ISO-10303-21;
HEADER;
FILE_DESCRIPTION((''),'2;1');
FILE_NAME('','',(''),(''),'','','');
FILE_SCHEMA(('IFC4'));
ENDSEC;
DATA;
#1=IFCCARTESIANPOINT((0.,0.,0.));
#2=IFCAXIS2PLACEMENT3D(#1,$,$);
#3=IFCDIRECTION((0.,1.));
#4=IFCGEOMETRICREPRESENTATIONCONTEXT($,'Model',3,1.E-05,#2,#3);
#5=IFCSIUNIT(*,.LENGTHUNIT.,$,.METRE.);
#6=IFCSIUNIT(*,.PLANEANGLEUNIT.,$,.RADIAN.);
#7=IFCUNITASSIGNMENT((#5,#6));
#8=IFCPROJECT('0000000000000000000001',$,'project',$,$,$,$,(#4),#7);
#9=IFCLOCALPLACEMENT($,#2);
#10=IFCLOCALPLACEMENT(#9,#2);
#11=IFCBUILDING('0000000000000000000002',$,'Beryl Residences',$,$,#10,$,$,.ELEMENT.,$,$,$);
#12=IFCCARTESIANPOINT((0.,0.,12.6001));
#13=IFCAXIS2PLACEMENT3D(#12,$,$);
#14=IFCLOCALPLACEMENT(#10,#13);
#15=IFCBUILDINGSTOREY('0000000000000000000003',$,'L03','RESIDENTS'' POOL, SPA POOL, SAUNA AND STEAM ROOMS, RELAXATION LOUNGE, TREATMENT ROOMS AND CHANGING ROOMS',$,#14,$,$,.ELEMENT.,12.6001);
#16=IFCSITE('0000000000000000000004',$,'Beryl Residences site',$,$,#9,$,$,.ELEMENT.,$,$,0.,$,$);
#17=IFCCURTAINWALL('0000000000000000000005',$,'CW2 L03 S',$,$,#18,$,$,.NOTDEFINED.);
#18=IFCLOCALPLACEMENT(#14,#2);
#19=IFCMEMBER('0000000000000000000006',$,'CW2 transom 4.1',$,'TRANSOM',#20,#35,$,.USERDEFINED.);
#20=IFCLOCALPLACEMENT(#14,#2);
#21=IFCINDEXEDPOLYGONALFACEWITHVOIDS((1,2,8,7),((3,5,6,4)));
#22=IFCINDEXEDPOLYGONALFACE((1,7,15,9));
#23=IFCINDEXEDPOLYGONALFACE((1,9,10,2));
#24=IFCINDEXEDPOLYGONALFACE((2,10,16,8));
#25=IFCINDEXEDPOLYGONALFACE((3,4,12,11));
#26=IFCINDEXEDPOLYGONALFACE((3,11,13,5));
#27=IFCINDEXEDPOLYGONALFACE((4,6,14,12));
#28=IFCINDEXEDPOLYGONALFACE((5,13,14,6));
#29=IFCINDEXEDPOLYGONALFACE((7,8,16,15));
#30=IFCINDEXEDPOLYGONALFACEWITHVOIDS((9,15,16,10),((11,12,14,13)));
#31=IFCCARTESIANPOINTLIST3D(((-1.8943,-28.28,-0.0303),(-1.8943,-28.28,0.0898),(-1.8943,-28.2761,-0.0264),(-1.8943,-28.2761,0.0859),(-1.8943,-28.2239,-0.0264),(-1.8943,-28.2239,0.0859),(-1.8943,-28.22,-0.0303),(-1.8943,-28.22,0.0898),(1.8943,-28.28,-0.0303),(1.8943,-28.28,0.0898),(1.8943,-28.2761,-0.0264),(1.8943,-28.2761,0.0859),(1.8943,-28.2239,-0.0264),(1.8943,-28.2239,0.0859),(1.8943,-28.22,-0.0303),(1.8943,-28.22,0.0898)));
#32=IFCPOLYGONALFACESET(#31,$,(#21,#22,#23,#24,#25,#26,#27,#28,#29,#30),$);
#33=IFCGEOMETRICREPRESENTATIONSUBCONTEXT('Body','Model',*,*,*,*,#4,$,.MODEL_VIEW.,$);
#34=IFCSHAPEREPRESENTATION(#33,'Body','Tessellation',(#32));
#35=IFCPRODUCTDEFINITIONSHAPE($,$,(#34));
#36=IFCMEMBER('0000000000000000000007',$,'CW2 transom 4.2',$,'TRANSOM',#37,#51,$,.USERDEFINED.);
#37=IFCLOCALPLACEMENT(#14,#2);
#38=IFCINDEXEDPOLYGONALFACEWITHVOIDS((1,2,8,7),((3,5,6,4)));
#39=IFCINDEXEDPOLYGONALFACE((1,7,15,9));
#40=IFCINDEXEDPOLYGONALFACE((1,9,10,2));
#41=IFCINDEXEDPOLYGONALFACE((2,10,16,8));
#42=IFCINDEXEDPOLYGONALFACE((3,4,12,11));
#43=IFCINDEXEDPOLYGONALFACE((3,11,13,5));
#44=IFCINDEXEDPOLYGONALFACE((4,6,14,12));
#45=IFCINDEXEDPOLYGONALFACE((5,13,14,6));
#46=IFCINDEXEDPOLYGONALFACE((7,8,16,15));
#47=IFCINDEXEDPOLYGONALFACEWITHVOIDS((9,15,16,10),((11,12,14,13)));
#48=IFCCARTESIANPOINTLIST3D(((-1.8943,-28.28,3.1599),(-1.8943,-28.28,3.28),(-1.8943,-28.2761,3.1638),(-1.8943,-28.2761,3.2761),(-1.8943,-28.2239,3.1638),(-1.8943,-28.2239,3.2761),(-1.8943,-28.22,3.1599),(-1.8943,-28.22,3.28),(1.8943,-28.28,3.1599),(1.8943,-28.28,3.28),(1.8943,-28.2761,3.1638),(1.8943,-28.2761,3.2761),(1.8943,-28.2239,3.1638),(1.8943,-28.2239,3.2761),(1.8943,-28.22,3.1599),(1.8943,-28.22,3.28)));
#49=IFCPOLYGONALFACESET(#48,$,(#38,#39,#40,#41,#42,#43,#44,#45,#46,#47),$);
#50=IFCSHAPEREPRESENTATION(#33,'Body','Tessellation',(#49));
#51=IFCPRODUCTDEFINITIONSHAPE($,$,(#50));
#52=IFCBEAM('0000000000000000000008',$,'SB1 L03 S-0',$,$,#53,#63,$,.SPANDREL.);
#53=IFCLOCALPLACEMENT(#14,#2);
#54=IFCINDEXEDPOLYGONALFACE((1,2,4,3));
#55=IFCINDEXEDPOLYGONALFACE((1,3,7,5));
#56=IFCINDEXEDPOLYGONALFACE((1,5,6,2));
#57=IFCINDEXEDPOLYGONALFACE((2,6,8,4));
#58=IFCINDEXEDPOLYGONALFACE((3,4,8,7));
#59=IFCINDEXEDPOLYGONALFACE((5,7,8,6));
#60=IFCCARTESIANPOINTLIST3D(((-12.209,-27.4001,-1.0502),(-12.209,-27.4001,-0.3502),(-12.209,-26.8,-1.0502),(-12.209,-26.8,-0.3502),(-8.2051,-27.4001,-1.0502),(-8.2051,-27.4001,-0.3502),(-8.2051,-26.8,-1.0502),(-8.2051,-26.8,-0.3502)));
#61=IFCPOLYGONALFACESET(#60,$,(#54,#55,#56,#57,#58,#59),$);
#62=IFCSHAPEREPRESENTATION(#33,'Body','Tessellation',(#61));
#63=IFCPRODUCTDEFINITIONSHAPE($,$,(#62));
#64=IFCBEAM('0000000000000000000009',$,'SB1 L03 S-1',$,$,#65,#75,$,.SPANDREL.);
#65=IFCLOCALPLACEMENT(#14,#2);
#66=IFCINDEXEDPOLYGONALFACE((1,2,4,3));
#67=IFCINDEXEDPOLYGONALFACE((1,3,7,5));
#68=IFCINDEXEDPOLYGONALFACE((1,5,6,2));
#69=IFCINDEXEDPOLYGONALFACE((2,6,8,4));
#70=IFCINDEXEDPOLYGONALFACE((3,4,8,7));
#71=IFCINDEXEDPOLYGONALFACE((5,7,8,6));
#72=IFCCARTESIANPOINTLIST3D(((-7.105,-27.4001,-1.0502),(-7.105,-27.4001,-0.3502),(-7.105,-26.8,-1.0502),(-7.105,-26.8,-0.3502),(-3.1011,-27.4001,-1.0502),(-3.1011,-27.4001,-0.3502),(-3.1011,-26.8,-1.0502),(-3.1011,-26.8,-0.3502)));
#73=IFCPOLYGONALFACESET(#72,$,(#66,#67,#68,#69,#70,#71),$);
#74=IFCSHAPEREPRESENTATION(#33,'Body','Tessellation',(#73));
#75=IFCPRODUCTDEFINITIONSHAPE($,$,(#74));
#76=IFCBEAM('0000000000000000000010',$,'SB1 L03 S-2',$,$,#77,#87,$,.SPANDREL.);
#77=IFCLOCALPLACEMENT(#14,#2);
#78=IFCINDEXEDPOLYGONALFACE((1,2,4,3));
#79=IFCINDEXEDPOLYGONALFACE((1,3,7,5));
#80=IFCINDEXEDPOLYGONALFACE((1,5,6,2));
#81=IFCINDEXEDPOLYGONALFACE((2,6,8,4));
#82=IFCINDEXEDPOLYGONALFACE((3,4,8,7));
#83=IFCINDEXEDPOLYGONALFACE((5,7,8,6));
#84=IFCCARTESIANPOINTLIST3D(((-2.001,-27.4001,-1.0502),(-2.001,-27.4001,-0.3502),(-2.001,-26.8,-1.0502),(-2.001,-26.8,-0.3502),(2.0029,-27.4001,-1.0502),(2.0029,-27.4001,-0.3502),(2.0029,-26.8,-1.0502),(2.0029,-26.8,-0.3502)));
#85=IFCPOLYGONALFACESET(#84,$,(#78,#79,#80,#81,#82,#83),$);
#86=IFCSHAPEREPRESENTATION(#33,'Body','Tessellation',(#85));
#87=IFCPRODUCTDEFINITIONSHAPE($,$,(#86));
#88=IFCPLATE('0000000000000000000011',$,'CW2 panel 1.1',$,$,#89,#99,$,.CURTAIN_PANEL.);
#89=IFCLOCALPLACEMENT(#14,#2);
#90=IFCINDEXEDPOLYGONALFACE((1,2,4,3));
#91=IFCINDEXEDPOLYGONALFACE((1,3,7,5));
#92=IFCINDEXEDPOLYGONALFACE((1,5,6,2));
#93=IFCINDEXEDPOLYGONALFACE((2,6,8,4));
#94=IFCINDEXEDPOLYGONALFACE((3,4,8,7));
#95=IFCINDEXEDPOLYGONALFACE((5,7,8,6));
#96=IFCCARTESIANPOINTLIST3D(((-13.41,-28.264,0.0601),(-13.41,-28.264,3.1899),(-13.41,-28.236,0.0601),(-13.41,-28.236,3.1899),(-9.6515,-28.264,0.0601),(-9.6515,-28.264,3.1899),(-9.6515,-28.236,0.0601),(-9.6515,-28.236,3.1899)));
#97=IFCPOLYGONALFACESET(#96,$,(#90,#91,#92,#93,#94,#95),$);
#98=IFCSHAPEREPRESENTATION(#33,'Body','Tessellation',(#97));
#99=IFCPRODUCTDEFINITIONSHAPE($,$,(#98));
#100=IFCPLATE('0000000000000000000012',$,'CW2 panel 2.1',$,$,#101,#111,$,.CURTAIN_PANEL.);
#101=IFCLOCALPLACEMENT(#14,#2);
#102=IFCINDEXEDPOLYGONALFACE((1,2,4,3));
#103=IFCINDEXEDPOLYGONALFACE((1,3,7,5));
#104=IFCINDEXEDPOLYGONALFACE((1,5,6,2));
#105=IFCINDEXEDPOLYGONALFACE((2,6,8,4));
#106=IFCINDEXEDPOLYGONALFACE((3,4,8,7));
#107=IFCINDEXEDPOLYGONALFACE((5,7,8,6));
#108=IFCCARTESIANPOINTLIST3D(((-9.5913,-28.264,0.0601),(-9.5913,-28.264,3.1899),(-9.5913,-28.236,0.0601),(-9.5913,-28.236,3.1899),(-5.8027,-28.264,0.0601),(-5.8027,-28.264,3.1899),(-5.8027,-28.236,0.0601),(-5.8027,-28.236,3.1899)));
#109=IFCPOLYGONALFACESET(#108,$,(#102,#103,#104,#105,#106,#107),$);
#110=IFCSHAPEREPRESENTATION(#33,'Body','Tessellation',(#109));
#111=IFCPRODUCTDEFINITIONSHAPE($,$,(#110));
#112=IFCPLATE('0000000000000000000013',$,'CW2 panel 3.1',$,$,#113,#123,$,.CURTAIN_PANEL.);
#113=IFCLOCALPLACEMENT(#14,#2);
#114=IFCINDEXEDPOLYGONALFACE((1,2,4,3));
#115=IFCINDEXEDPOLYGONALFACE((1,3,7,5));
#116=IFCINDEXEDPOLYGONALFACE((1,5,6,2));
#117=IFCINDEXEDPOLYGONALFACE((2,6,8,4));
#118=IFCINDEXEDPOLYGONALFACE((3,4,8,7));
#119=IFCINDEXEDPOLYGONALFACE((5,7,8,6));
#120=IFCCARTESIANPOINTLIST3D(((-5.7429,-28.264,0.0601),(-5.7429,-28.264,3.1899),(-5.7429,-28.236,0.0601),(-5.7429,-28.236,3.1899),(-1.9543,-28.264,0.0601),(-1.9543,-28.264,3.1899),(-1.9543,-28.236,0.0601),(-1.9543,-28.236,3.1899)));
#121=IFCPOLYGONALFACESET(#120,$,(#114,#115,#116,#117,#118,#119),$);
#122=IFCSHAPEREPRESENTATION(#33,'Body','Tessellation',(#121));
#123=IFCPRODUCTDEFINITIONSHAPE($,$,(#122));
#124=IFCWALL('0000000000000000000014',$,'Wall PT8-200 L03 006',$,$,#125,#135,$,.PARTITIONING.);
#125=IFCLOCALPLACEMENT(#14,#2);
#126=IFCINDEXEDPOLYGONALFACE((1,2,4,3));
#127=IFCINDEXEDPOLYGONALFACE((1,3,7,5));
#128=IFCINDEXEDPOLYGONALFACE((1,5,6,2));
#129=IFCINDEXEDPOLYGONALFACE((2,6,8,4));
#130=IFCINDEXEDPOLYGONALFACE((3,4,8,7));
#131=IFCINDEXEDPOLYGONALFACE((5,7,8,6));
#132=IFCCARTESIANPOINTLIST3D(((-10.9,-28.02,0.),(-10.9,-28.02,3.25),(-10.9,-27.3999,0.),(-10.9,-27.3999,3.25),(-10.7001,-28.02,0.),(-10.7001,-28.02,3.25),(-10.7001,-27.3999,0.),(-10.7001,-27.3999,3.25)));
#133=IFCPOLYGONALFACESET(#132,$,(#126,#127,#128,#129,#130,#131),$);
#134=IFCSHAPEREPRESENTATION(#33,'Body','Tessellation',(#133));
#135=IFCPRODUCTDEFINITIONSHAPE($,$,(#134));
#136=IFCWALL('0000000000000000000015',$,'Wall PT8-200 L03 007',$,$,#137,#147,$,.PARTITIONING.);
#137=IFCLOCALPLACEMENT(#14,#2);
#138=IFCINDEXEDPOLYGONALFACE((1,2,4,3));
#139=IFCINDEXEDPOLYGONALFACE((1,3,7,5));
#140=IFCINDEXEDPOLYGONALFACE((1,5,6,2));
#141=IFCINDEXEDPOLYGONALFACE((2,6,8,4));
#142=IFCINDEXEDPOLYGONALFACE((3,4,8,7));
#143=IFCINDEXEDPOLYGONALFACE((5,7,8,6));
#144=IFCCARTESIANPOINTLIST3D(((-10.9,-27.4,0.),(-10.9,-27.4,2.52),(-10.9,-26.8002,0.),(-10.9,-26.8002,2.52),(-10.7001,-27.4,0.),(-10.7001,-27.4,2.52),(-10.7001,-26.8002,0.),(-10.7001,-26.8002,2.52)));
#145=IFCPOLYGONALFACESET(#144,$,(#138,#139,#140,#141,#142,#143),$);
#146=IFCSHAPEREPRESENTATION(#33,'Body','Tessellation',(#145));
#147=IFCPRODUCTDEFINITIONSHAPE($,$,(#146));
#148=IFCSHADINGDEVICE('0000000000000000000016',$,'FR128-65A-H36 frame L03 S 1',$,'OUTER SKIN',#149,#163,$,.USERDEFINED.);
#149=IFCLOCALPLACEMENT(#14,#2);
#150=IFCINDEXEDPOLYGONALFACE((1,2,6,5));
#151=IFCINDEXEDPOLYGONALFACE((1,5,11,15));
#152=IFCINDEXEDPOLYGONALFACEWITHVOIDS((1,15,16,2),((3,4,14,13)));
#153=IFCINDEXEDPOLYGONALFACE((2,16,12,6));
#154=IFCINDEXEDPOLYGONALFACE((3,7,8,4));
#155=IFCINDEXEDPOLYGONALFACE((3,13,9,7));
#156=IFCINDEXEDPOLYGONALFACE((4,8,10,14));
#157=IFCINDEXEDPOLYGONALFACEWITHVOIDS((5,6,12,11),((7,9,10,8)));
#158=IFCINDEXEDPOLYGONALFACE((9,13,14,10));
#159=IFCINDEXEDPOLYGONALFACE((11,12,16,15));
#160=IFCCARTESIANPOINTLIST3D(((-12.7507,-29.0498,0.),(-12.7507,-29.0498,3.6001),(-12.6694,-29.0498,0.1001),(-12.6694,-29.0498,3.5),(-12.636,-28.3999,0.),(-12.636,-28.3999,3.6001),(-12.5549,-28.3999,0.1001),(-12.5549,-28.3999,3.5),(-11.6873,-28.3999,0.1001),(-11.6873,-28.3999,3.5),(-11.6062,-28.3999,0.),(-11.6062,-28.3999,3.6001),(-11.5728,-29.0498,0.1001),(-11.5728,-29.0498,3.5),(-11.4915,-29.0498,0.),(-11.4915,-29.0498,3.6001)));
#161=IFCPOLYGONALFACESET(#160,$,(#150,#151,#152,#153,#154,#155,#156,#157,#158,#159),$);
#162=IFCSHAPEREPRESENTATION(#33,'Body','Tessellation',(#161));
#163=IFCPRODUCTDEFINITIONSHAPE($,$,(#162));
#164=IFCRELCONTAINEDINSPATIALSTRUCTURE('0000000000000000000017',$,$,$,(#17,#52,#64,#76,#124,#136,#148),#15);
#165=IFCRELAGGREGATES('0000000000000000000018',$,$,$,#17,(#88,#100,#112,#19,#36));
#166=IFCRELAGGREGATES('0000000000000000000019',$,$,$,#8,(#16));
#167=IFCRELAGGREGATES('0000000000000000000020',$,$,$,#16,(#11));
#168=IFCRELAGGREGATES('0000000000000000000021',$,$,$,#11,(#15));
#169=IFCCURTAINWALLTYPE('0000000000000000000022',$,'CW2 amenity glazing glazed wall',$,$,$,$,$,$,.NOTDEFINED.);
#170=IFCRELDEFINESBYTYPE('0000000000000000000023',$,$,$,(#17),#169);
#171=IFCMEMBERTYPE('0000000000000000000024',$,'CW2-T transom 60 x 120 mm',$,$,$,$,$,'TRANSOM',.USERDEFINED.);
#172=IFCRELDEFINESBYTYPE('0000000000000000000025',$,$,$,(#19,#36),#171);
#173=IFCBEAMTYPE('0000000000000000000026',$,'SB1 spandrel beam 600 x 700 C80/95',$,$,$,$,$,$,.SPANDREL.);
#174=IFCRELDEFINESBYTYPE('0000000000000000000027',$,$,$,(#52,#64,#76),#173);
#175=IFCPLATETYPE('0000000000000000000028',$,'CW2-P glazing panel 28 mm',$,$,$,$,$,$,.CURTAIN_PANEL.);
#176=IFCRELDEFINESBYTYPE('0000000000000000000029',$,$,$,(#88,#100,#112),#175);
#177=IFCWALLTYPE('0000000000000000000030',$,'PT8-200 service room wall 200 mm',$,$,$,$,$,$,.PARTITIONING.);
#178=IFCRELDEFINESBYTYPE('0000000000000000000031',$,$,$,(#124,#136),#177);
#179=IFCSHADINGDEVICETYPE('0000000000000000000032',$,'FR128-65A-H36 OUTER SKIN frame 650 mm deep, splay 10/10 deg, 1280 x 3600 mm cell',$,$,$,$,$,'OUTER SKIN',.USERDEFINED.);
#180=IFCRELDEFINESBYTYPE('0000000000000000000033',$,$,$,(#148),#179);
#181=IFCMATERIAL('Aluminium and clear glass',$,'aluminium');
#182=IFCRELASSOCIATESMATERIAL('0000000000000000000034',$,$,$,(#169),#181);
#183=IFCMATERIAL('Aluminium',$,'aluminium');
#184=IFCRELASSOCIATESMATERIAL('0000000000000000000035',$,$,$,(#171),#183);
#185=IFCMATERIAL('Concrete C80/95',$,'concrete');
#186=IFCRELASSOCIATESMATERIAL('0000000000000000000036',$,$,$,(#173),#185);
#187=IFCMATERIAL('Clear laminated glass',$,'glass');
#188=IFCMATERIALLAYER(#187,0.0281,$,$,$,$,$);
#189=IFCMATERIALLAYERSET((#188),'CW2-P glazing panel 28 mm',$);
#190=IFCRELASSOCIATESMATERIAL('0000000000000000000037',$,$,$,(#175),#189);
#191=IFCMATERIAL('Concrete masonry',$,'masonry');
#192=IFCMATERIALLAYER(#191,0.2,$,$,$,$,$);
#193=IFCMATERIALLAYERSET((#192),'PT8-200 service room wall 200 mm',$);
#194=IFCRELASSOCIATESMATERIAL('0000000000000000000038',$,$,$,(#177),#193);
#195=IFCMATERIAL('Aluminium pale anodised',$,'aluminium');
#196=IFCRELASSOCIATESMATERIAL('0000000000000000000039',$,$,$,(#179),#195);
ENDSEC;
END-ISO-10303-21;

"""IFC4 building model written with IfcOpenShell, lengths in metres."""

from ifc_helpers import new_model, entity, si_unit, direction, frame, frame_2d, origin, origin_2d, place, context, subcontext, project, spatial, rectangle, hollow_rectangle, extrude, source, transform, mapped, material, layer, layer_set, material_profile, profile_set, type_object, type_shapes, element, aggregate, save


model = new_model("IFC4")

# Units and contexts
model_context = context("Model", 3, precision=1e-05, world=origin(), true_north=direction((0.0, 1.0)))
body_context = subcontext(model_context, "Body", "Model", "MODEL_VIEW")
ifc_project = project(units=[si_unit("LENGTHUNIT", "METRE"), si_unit("PLANEANGLEUNIT", "RADIAN")], contexts=[model_context])

# Site, building, storey
site_placement = place(None, origin())
site = spatial("IfcSite", under=ifc_project, at=site_placement, Name="Beryl Residences site", CompositionType="ELEMENT", RefElevation=0.0)
building_placement = place(site_placement, origin())
building = spatial("IfcBuilding", under=site, at=building_placement, Name="Beryl Residences", CompositionType="ELEMENT")
storey_placement = place(building_placement, frame((0.0, 0.0, 12.6001)))
storey = spatial("IfcBuildingStorey", under=building, at=storey_placement, Name="L03", Description="RESIDENTS' POOL, SPA POOL, SAUNA AND STEAM ROOMS, RELAXATION LOUNGE, TREATMENT ROOMS AND CHANGING ROOMS", CompositionType="ELEMENT", Elevation=12.6001)

# Curtain wall, members
ifc_material_1 = material(Name="Aluminium and clear glass", Category="aluminium")
curtain_wall_type = type_object("IfcCurtainWallType", Name="CW2 amenity glazing glazed wall", PredefinedType="NOTDEFINED", material=ifc_material_1)
curtain_wall_placement = place(storey_placement, origin())
curtain_wall = element("IfcCurtainWall", 1, at=curtain_wall_placement, inside=storey, type_object=curtain_wall_type, Name="CW2 L03 S", PredefinedType="NOTDEFINED")
ifc_material_2 = material(Name="Aluminium", Category="aluminium")
ifc_material_profile_1 = material_profile(ifc_material_2, hollow_rectangle(XDim=0.0601, YDim=0.1201, WallThickness=0.0039, at=origin_2d()))
ifc_profile_set_1 = profile_set([ifc_material_profile_1], Name="Aluminium")
member_type_1 = type_object("IfcMemberType", Name="CW2-T transom 60 x 120 mm", ElementType="TRANSOM", PredefinedType="USERDEFINED", material=ifc_profile_set_1)
member_1_placement = place(storey_placement, frame((-1.8943, -28.25, 0.0298), z_axis=(1.0, 0.0, 0.0), x_axis=(0.0, 1.0, 0.0)))
member_1 = element("IfcMember", 2, at=member_1_placement, type_object=member_type_1, Name="CW2 transom 4.1", ObjectType="TRANSOM", PredefinedType="USERDEFINED", context=body_context, shape_type="SweptSolid", body=[
    extrude(hollow_rectangle(XDim=0.0601, YDim=0.1201, WallThickness=0.0039, at=origin_2d()), origin(), (0.0, 0.0, 1.0), 3.7886),
])
member_2_placement = place(storey_placement, frame((-1.8943, -28.25, 3.22), z_axis=(1.0, 0.0, 0.0), x_axis=(0.0, 1.0, 0.0)))
member_2 = element("IfcMember", 3, at=member_2_placement, type_object=member_type_1, Name="CW2 transom 4.2", ObjectType="TRANSOM", PredefinedType="USERDEFINED", context=body_context, shape_type="SweptSolid", body=[
    extrude(hollow_rectangle(XDim=0.0601, YDim=0.1201, WallThickness=0.0039, at=origin_2d()), origin(), (0.0, 0.0, 1.0), 3.7886),
])

# Beams
ifc_material_3 = material(Name="Concrete C80/95", Category="concrete")
ifc_material_profile_2 = material_profile(ifc_material_3, rectangle(XDim=0.6001, YDim=0.7, at=origin_2d()))
ifc_profile_set_2 = profile_set([ifc_material_profile_2], Name="Concrete C80/95")
beam_type = type_object("IfcBeamType", Name="SB1 spandrel beam 600 x 700 C80/95", PredefinedType="SPANDREL", material=ifc_profile_set_2)
for number, where, z_axis, x_axis, name in (
    (4, (-12.209, -27.1001, -0.7002), (1.0, 0.0, 0.0), (0.0, 1.0, 0.0), "SB1 L03 S-0"),
    (5, (-7.105, -27.1001, -0.7002), (1.0, 0.0, 0.0), (0.0, 1.0, 0.0), "SB1 L03 S-1"),
    (6, (-2.001, -27.1001, -0.7002), (1.0, 0.0, 0.0), (0.0, 1.0, 0.0), "SB1 L03 S-2"),
):
    element("IfcBeam", number, at=place(storey_placement, frame(where, z_axis=z_axis, x_axis=x_axis)), inside=storey, type_object=beam_type, Name=name, PredefinedType="SPANDREL", context=body_context, shape_type="SweptSolid", body=[
        extrude(rectangle(XDim=0.6001, YDim=0.7, at=origin_2d()), origin(), (0.0, 0.0, 1.0), 4.0039),
    ])

# Plates
ifc_material_4 = material(Name="Clear laminated glass", Category="glass")
ifc_layer_1 = layer(ifc_material_4, 0.0281)
ifc_layer_set_1 = layer_set([ifc_layer_1], Name="CW2-P glazing panel 28 mm")
plate_type = type_object("IfcPlateType", Name="CW2-P glazing panel 28 mm", PredefinedType="CURTAIN_PANEL", material=ifc_layer_set_1)
plate_1_placement = place(storey_placement, frame((-11.5308, -28.25, 0.0601), z_axis=(0.0, 0.0, 1.0), x_axis=(1.0, 0.0, 0.0)))
plate_1 = element("IfcPlate", 7, at=plate_1_placement, type_object=plate_type, Name="CW2 panel 1.1", PredefinedType="CURTAIN_PANEL", context=body_context, shape_type="SweptSolid", body=[
    extrude(rectangle(XDim=3.7585, YDim=0.0281, at=origin_2d()), origin(), (0.0, 0.0, 1.0), 3.1299),
])
plate_2_placement = place(storey_placement, frame((-7.697, -28.25, 0.0601), z_axis=(0.0, 0.0, 1.0), x_axis=(1.0, 0.0, 0.0)))
plate_2 = element("IfcPlate", 8, at=plate_2_placement, type_object=plate_type, Name="CW2 panel 2.1", PredefinedType="CURTAIN_PANEL", context=body_context, shape_type="SweptSolid", body=[
    extrude(rectangle(XDim=3.7886, YDim=0.0281, at=origin_2d()), origin(), (0.0, 0.0, 1.0), 3.1299),
])
plate_3_placement = place(storey_placement, frame((-3.8486, -28.25, 0.0601), z_axis=(0.0, 0.0, 1.0), x_axis=(1.0, 0.0, 0.0)))
plate_3 = element("IfcPlate", 9, at=plate_3_placement, type_object=plate_type, Name="CW2 panel 3.1", PredefinedType="CURTAIN_PANEL", context=body_context, shape_type="SweptSolid", body=[
    extrude(rectangle(XDim=3.7886, YDim=0.0281, at=origin_2d()), origin(), (0.0, 0.0, 1.0), 3.1299),
])
aggregate(curtain_wall, [plate_1, plate_2, plate_3, member_1, member_2])

# Walls
ifc_material_5 = material(Name="Concrete masonry", Category="masonry")
ifc_layer_2 = layer(ifc_material_5, 0.2)
ifc_layer_set_2 = layer_set([ifc_layer_2], Name="PT8-200 service room wall 200 mm")
wall_type = type_object("IfcWallType", Name="PT8-200 service room wall 200 mm", PredefinedType="PARTITIONING", material=ifc_layer_set_2)
wall_1_placement = place(storey_placement, frame((-10.8, -28.02, 0.0), z_axis=(0.0, 0.0, 1.0), x_axis=(0.0, 1.0, 0.0)))
element("IfcWall", 10, at=wall_1_placement, inside=storey, type_object=wall_type, Name="Wall PT8-200 L03 006", PredefinedType="PARTITIONING", context=body_context, shape_type="SweptSolid", body=[
    extrude(rectangle(XDim=0.6201, YDim=0.2, at=frame_2d((0.3101, 0.0))), origin(), (0.0, 0.0, 1.0), 3.25),
])
wall_2_placement = place(storey_placement, frame((-10.8, -27.3999, 0.0), z_axis=(0.0, 0.0, 1.0), x_axis=(0.0, 1.0, 0.0)))
element("IfcWall", 11, at=wall_2_placement, inside=storey, type_object=wall_type, Name="Wall PT8-200 L03 007", PredefinedType="PARTITIONING", context=body_context, shape_type="SweptSolid", body=[
    extrude(rectangle(XDim=0.5999, YDim=0.2, at=frame_2d((0.2998, 0.0))), origin(), (0.0, 0.0, 1.0), 2.52),
])

# Shading device
ifc_material_6 = material(Name="Aluminium pale anodised", Category="aluminium")
shading_device_type_1 = type_object("IfcShadingDeviceType", Name="FR128-65A-H36 OUTER SKIN frame 650 mm deep, splay 10/10 deg, 1280 x 3600 mm cell", ElementType="OUTER SKIN", PredefinedType="USERDEFINED", material=ifc_material_6)
cartesian_point_1 = entity("IfcCartesianPoint", [-0.5149, 0.0])
cartesian_point_2 = entity("IfcCartesianPoint", [-0.4338, 0.1001])
cartesian_point_3 = entity("IfcCartesianPoint", [-0.6296, 0.0])
cartesian_point_4 = entity("IfcCartesianPoint", [-0.5483, 0.1001])
shared_shape_1 = source(origin(), body_context, "Body", "SweptSolid", [
    entity("IfcExtrudedAreaSolidTapered", entity("IfcArbitraryProfileDefWithVoids", "AREA", None, entity("IfcPolyline", [cartesian_point_1, entity("IfcCartesianPoint", [0.5149, 0.0]), entity("IfcCartesianPoint", [0.5149, 3.6001]), entity("IfcCartesianPoint", [-0.5149, 3.6001]), cartesian_point_1]), [entity("IfcPolyline", [cartesian_point_2, entity("IfcCartesianPoint", [0.4338, 0.1001]), entity("IfcCartesianPoint", [0.4338, 3.5]), entity("IfcCartesianPoint", [-0.4338, 3.5]), cartesian_point_2])]), entity("IfcAxis2Placement3D", entity("IfcCartesianPoint", [0.0, 0.0, 0.0]), entity("IfcDirection", [0.0, 1.0, 0.0]), entity("IfcDirection", [-1.0, 0.0, 0.0])), entity("IfcDirection", [0.0, 0.0, 1.0]), 0.6499, entity("IfcArbitraryProfileDefWithVoids", "AREA", None, entity("IfcPolyline", [cartesian_point_3, entity("IfcCartesianPoint", [0.6296, 0.0]), entity("IfcCartesianPoint", [0.6296, 3.6001]), entity("IfcCartesianPoint", [-0.6296, 3.6001]), cartesian_point_3]), [entity("IfcPolyline", [cartesian_point_4, entity("IfcCartesianPoint", [0.5483, 0.1001]), entity("IfcCartesianPoint", [0.5483, 3.5]), entity("IfcCartesianPoint", [-0.5483, 3.5]), cartesian_point_4])])),
])
type_shapes(shading_device_type_1, [shared_shape_1])
shading_device_1_placement = place(storey_placement, frame((-12.1211, -28.3999, 0.0), z_axis=(0.0, 0.0, 1.0), x_axis=(-1.0, 0.0, 0.0)))
element("IfcShadingDevice", 12, at=shading_device_1_placement, inside=storey, type_object=shading_device_type_1, Name="FR128-65A-H36 frame L03 S 1", ObjectType="OUTER SKIN", PredefinedType="USERDEFINED", context=body_context, shape_type="MappedRepresentation", body=[
    mapped(shared_shape_1, transform((0.0, 0.0, 0.0))),
])

save(model, "model.ifc")
